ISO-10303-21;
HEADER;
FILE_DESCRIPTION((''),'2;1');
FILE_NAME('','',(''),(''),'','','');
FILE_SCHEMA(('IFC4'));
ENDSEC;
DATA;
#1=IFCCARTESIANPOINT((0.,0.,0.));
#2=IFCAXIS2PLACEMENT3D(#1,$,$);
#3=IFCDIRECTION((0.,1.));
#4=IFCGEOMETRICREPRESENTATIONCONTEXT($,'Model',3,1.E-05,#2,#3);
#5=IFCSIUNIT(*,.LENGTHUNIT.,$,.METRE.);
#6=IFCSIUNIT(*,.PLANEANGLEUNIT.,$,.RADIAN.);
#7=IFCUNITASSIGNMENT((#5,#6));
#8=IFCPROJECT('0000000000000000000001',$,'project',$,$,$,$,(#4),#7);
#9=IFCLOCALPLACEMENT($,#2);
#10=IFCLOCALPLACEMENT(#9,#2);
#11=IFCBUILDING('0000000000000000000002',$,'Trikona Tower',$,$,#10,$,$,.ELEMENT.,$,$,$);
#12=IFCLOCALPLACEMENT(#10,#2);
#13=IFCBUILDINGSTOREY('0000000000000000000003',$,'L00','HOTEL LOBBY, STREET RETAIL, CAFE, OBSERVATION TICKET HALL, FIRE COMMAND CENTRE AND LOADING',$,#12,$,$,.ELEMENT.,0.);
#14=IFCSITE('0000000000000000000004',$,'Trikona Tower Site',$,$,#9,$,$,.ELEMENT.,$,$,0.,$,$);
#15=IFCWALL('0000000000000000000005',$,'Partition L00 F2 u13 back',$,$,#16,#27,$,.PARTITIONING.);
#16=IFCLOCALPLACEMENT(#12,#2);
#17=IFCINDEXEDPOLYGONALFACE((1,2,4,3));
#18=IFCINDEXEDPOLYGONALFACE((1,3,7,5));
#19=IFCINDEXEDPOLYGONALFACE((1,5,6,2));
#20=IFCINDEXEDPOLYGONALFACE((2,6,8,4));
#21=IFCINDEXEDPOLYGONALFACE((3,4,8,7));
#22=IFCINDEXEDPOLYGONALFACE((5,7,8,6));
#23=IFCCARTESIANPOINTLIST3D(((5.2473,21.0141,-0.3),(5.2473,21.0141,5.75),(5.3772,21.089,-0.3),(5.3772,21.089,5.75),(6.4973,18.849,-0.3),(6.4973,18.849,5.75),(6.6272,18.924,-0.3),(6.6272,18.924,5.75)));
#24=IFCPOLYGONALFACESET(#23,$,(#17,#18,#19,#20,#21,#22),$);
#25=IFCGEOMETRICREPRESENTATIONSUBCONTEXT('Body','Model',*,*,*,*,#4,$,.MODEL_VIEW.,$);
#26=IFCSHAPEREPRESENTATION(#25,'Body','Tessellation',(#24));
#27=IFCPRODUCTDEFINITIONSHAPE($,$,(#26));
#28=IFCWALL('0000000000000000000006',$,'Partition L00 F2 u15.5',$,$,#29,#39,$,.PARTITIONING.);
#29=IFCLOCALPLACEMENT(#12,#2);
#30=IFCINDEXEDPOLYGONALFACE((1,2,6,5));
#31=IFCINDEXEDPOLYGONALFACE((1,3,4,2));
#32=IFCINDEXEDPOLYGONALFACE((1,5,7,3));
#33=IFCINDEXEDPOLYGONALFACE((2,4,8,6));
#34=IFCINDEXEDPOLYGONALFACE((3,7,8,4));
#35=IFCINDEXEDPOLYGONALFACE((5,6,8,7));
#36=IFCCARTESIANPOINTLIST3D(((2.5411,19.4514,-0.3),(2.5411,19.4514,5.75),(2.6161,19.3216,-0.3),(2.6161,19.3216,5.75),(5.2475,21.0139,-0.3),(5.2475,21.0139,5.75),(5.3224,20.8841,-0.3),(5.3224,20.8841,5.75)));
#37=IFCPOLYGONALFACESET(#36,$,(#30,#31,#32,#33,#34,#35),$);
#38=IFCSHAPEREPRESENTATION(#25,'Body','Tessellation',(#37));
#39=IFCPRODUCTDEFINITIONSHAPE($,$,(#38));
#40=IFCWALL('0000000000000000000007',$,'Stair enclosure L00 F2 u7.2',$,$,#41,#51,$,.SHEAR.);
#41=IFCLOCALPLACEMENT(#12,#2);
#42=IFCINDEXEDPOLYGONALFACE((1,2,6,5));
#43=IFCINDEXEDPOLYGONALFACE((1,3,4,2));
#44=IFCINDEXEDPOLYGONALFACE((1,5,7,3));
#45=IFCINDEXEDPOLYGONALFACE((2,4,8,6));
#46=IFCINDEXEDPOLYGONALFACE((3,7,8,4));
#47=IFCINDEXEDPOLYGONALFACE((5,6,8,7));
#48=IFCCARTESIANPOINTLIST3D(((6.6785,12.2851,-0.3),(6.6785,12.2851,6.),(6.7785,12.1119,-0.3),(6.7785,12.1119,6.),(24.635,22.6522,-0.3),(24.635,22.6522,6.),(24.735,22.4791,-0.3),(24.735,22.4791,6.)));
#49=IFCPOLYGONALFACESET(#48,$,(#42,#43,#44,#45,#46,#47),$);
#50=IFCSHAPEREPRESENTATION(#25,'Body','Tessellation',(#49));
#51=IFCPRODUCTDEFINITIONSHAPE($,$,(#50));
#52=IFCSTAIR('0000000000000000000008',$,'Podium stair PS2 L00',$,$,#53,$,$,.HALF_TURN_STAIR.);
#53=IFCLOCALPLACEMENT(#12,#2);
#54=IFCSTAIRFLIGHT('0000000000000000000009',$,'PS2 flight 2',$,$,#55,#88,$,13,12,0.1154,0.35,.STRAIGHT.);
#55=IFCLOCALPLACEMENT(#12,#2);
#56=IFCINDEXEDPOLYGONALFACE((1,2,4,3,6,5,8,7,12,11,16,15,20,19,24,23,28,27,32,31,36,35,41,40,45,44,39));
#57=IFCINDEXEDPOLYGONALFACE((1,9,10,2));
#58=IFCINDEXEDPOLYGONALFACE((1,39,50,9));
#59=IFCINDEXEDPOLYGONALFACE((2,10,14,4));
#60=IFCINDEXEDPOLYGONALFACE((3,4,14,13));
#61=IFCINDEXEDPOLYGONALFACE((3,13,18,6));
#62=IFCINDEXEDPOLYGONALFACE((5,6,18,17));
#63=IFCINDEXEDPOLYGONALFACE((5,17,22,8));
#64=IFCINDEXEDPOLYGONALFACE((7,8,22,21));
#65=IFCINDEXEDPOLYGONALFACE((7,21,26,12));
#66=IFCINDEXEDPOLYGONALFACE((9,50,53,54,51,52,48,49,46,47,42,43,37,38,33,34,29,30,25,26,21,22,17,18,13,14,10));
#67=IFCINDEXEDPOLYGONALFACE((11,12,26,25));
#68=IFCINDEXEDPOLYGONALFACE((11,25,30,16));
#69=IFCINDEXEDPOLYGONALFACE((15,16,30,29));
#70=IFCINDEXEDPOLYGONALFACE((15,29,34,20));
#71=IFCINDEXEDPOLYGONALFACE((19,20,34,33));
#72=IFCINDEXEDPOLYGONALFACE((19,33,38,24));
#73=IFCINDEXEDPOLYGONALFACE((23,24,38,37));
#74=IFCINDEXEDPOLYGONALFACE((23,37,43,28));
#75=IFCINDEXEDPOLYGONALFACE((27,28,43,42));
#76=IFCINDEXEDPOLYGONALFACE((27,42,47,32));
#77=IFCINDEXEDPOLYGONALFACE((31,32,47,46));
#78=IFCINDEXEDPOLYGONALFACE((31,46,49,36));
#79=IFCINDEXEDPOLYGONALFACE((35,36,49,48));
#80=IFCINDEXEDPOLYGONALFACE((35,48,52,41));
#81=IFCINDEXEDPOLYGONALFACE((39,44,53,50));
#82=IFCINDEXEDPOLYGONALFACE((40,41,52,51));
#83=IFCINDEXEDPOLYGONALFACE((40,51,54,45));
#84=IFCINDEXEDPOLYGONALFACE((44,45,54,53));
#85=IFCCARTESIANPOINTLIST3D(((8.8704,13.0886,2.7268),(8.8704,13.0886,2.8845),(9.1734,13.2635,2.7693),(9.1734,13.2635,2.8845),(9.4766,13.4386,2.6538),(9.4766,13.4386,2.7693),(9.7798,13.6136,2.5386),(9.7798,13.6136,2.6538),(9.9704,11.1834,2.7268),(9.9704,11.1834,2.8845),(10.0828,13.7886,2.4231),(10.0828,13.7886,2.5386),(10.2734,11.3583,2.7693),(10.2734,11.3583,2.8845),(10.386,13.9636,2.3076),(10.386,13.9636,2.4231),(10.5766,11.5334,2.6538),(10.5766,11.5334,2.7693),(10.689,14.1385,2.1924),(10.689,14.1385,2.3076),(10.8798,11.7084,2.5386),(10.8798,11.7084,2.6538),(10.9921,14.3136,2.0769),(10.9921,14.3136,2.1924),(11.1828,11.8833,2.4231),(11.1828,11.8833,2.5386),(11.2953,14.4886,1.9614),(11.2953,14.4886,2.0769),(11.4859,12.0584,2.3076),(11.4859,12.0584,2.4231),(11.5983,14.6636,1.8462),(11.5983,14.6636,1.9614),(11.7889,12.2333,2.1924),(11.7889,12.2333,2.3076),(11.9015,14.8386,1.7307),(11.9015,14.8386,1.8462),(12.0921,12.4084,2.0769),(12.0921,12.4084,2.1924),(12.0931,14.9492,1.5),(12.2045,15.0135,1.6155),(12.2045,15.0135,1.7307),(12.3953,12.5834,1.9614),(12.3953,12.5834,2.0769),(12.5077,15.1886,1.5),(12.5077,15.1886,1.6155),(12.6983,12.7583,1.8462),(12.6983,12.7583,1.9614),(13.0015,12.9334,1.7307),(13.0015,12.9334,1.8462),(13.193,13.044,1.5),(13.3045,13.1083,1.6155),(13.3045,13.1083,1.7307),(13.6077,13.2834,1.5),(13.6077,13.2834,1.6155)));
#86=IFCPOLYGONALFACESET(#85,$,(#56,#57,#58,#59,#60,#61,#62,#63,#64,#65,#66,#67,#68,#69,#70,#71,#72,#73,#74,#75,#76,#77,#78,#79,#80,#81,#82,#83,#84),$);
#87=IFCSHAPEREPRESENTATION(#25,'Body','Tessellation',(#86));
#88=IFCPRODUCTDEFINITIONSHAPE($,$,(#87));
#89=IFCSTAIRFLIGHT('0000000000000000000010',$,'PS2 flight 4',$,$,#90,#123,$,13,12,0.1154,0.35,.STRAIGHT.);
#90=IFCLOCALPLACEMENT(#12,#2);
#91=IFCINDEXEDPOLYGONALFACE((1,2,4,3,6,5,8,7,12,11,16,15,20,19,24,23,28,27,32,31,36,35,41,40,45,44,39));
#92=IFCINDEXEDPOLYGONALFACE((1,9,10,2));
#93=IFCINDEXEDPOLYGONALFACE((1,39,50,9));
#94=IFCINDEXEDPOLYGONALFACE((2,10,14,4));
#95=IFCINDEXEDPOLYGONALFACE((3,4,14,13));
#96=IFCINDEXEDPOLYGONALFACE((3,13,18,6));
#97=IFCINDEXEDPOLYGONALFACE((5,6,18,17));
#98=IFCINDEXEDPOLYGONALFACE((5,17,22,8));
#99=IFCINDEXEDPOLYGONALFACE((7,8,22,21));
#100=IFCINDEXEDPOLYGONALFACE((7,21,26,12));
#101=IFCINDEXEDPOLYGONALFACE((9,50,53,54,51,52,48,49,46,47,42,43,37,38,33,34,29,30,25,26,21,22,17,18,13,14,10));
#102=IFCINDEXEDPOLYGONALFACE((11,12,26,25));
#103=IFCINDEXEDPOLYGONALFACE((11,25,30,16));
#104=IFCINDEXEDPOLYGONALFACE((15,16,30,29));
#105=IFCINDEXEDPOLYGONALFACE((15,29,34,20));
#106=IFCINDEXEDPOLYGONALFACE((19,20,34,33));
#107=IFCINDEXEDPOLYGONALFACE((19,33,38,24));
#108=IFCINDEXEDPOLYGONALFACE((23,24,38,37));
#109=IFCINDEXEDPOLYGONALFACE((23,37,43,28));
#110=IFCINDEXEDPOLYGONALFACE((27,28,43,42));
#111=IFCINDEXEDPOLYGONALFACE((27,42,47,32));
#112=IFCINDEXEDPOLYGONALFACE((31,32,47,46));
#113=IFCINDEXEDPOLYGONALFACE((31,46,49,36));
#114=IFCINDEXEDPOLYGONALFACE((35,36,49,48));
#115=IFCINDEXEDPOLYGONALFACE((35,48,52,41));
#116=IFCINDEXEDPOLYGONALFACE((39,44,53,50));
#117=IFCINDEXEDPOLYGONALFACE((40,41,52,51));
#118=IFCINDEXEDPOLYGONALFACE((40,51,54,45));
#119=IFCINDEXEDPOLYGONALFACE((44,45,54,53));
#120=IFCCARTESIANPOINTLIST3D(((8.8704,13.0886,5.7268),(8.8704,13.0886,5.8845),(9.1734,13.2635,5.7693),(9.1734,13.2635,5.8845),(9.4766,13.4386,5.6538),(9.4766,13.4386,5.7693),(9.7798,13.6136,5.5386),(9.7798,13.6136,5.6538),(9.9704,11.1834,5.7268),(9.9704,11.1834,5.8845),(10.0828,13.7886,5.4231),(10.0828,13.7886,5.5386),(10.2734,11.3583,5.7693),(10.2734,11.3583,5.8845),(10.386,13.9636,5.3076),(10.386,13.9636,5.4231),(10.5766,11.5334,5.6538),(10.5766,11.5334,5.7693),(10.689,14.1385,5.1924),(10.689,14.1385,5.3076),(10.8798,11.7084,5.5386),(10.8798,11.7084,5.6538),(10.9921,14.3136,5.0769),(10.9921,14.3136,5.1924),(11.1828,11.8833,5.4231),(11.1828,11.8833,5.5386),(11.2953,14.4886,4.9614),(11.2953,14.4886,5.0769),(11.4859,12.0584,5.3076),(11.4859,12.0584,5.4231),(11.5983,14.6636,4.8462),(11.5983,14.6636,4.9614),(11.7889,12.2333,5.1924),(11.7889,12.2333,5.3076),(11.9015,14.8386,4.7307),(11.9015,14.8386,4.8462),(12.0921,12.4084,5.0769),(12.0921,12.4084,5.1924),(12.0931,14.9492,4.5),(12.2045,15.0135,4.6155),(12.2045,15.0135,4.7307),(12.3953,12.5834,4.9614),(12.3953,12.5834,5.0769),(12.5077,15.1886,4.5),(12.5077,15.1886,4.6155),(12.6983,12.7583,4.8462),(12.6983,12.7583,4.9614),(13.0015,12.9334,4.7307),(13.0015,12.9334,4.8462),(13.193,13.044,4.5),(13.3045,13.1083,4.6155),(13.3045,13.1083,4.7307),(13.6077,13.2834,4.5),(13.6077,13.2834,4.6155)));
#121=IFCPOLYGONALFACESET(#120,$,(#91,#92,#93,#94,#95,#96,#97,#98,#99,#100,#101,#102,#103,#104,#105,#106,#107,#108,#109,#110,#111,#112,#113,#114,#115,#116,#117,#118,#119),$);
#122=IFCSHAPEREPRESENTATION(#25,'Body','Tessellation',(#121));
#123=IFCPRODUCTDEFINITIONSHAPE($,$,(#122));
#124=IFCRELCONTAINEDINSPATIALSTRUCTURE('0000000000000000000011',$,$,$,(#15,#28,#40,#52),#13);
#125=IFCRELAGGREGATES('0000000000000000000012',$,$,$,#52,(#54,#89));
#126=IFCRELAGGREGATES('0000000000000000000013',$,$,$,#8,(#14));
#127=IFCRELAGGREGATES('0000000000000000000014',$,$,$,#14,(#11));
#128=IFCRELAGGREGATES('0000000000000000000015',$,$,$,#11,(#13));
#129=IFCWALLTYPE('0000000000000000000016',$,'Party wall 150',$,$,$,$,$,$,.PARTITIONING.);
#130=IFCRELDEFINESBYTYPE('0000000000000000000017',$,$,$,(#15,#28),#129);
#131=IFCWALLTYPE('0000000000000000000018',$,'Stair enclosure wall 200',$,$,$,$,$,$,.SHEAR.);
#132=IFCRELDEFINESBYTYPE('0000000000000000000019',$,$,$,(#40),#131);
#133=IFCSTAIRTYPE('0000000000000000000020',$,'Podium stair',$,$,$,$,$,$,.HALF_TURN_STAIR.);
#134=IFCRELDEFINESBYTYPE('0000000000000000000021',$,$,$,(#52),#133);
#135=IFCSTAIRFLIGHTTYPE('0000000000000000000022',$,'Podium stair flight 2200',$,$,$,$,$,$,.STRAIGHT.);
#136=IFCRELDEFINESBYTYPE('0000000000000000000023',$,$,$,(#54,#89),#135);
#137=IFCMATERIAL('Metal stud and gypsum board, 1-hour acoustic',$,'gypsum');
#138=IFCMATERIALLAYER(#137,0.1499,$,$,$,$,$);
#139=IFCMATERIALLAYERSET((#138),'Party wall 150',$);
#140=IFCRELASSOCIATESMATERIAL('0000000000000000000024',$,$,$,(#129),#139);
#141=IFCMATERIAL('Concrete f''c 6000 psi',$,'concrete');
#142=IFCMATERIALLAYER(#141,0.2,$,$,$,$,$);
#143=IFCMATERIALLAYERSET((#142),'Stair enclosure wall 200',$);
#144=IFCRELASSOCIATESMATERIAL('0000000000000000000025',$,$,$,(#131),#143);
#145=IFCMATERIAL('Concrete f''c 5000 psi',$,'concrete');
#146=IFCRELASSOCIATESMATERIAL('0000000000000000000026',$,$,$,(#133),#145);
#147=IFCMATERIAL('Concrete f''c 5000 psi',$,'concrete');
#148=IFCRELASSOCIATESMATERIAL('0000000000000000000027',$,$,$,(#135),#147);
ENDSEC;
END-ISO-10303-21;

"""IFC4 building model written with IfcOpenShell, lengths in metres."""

from ifc_helpers import new_model, si_unit, direction, frame, frame_2d, origin, place, context, subcontext, project, spatial, polyline, rectangle, outline, extrude, material, layer, layer_set, type_object, element, aggregate, save


model = new_model("IFC4")

# Units and contexts
model_context = context("Model", 3, precision=1e-05, world=origin(), true_north=direction((0.0, 1.0)))
body_context = subcontext(model_context, "Body", "Model", "MODEL_VIEW")
ifc_project = project(units=[si_unit("LENGTHUNIT", "METRE"), si_unit("PLANEANGLEUNIT", "RADIAN")], contexts=[model_context])

# Site, building, storey
site_placement = place(None, origin())
site = spatial("IfcSite", under=ifc_project, at=site_placement, Name="Trikona Tower Site", CompositionType="ELEMENT", RefElevation=0.0)
building_placement = place(site_placement, origin())
building = spatial("IfcBuilding", under=site, at=building_placement, Name="Trikona Tower", CompositionType="ELEMENT")
storey_placement = place(building_placement, origin())
storey = spatial("IfcBuildingStorey", under=building, at=storey_placement, Name="L00", Description="HOTEL LOBBY, STREET RETAIL, CAFE, OBSERVATION TICKET HALL, FIRE COMMAND CENTRE AND LOADING", CompositionType="ELEMENT", Elevation=0.0)

# Walls
ifc_material_1 = material(Name="Metal stud and gypsum board, 1-hour acoustic", Category="gypsum")
ifc_layer_1 = layer(ifc_material_1, 0.1499)
ifc_layer_set_1 = layer_set([ifc_layer_1], Name="Party wall 150")
wall_type_1 = type_object("IfcWallType", Name="Party wall 150", PredefinedType="PARTITIONING", material=ifc_layer_set_1)
wall_1_placement = place(storey_placement, frame((6.5623, 18.8865, -0.3), z_axis=(0.0, 0.0, 1.0), x_axis=(-0.500004, 0.866023, 0.0)))
element("IfcWall", 1, at=wall_1_placement, inside=storey, type_object=wall_type_1, Name="Partition L00 F2 u13 back", PredefinedType="PARTITIONING", context=body_context, shape_type="SweptSolid", body=[
    extrude(rectangle(XDim=2.5, YDim=0.1499, at=frame_2d((1.25, 0.0))), origin(), (0.0, 0.0, 1.0), 6.05),
])
wall_2_placement = place(storey_placement, frame((2.5786, 19.3865, -0.3), z_axis=(0.0, 0.0, 1.0), x_axis=(0.866023, 0.500004, 0.0)))
element("IfcWall", 2, at=wall_2_placement, inside=storey, type_object=wall_type_1, Name="Partition L00 F2 u15.5", PredefinedType="PARTITIONING", context=body_context, shape_type="SweptSolid", body=[
    extrude(rectangle(XDim=3.125, YDim=0.1499, at=frame_2d((1.5625, 0.0))), origin(), (0.0, 0.0, 1.0), 6.05),
])
ifc_material_2 = material(Name="Concrete f'c 6000 psi", Category="concrete")
ifc_layer_2 = layer(ifc_material_2, 0.2)
ifc_layer_set_2 = layer_set([ifc_layer_2], Name="Stair enclosure wall 200")
wall_type_2 = type_object("IfcWallType", Name="Stair enclosure wall 200", PredefinedType="SHEAR", material=ifc_layer_set_2)
wall_3_placement = place(storey_placement, frame((6.7285, 12.1985, -0.3), z_axis=(0.0, 0.0, 1.0), x_axis=(0.866026, 0.499999, 0.0)))
element("IfcWall", 3, at=wall_3_placement, inside=storey, type_object=wall_type_2, Name="Stair enclosure L00 F2 u7.2", PredefinedType="SHEAR", context=body_context, shape_type="SweptSolid", body=[
    extrude(rectangle(XDim=20.7344, YDim=0.2, at=frame_2d((10.3672, 0.0))), origin(), (0.0, 0.0, 1.0), 6.3),
])

# Stair, stair flights
ifc_material_3 = material(Name="Concrete f'c 5000 psi", Category="concrete")
stair_type = type_object("IfcStairType", Name="Podium stair", PredefinedType="HALF_TURN_STAIR", material=ifc_material_3)
stair_placement = place(storey_placement, origin())
stair = element("IfcStair", 4, at=stair_placement, inside=storey, type_object=stair_type, Name="Podium stair PS2 L00", PredefinedType="HALF_TURN_STAIR")
ifc_material_4 = material(Name="Concrete f'c 5000 psi", Category="concrete")
stair_flight_type = type_object("IfcStairFlightType", Name="Podium stair flight 2200", PredefinedType="STRAIGHT", material=ifc_material_4)
stair_flight_1_placement = place(storey_placement, frame((13.0576, 14.2361, 1.5), z_axis=(0.0, 0.0, 1.0), x_axis=(-0.866025, -0.5, 0.0)))
stair_flight_1 = element("IfcStairFlight", 5, at=stair_flight_1_placement, type_object=stair_flight_type, Name="PS2 flight 2", NumberOfRisers=13, NumberOfTreads=12, PredefinedType="STRAIGHT", RiserHeight=0.1154, TreadLength=0.35, context=body_context, shape_type="SweptSolid", body=[
    extrude(outline(polyline([(0.0, 0.0), (0.0, 0.1155), (0.3501, 0.1155), (0.3501, 0.2307), (0.7, 0.2307), (0.7, 0.3462), (1.05, 0.3462), (1.05, 0.4614), (1.3999, 0.4614), (1.3999, 0.5769), (1.75, 0.5769), (1.75, 0.6924), (2.1001, 0.6924), (2.1001, 0.8076), (2.45, 0.8076), (2.45, 0.9231), (2.8, 0.9231), (2.8, 1.0386), (3.1499, 1.0386), (3.1499, 1.1538), (3.5, 1.1538), (3.5, 1.2693), (3.8501, 1.2693), (3.8501, 1.3845), (4.2, 1.3845), (4.2, 1.5), (4.2, 1.2268), (0.4788, 0.0), (0.0, 0.0)])), frame((0.0, 1.1001, 0.0), z_axis=(0.0, -1.0, 0.0), x_axis=(1.0, 0.0, 0.0)), (0.0, 0.0, 1.0), 2.2),
])
stair_flight_2_placement = place(storey_placement, frame((13.0576, 14.2361, 4.5), z_axis=(0.0, 0.0, 1.0), x_axis=(-0.866025, -0.5, 0.0)))
stair_flight_2 = element("IfcStairFlight", 6, at=stair_flight_2_placement, type_object=stair_flight_type, Name="PS2 flight 4", NumberOfRisers=13, NumberOfTreads=12, PredefinedType="STRAIGHT", RiserHeight=0.1154, TreadLength=0.35, context=body_context, shape_type="SweptSolid", body=[
    extrude(outline(polyline([(0.0, 0.0), (0.0, 0.1155), (0.3501, 0.1155), (0.3501, 0.2307), (0.7, 0.2307), (0.7, 0.3462), (1.05, 0.3462), (1.05, 0.4614), (1.3999, 0.4614), (1.3999, 0.5769), (1.75, 0.5769), (1.75, 0.6924), (2.1001, 0.6924), (2.1001, 0.8076), (2.45, 0.8076), (2.45, 0.9231), (2.8, 0.9231), (2.8, 1.0386), (3.1499, 1.0386), (3.1499, 1.1538), (3.5, 1.1538), (3.5, 1.2693), (3.8501, 1.2693), (3.8501, 1.3845), (4.2, 1.3845), (4.2, 1.5), (4.2, 1.2268), (0.4788, 0.0), (0.0, 0.0)])), frame((0.0, 1.1001, 0.0), z_axis=(0.0, -1.0, 0.0), x_axis=(1.0, 0.0, 0.0)), (0.0, 0.0, 1.0), 2.2),
])
aggregate(stair, [stair_flight_1, stair_flight_2])

save(model, "model.ifc")
